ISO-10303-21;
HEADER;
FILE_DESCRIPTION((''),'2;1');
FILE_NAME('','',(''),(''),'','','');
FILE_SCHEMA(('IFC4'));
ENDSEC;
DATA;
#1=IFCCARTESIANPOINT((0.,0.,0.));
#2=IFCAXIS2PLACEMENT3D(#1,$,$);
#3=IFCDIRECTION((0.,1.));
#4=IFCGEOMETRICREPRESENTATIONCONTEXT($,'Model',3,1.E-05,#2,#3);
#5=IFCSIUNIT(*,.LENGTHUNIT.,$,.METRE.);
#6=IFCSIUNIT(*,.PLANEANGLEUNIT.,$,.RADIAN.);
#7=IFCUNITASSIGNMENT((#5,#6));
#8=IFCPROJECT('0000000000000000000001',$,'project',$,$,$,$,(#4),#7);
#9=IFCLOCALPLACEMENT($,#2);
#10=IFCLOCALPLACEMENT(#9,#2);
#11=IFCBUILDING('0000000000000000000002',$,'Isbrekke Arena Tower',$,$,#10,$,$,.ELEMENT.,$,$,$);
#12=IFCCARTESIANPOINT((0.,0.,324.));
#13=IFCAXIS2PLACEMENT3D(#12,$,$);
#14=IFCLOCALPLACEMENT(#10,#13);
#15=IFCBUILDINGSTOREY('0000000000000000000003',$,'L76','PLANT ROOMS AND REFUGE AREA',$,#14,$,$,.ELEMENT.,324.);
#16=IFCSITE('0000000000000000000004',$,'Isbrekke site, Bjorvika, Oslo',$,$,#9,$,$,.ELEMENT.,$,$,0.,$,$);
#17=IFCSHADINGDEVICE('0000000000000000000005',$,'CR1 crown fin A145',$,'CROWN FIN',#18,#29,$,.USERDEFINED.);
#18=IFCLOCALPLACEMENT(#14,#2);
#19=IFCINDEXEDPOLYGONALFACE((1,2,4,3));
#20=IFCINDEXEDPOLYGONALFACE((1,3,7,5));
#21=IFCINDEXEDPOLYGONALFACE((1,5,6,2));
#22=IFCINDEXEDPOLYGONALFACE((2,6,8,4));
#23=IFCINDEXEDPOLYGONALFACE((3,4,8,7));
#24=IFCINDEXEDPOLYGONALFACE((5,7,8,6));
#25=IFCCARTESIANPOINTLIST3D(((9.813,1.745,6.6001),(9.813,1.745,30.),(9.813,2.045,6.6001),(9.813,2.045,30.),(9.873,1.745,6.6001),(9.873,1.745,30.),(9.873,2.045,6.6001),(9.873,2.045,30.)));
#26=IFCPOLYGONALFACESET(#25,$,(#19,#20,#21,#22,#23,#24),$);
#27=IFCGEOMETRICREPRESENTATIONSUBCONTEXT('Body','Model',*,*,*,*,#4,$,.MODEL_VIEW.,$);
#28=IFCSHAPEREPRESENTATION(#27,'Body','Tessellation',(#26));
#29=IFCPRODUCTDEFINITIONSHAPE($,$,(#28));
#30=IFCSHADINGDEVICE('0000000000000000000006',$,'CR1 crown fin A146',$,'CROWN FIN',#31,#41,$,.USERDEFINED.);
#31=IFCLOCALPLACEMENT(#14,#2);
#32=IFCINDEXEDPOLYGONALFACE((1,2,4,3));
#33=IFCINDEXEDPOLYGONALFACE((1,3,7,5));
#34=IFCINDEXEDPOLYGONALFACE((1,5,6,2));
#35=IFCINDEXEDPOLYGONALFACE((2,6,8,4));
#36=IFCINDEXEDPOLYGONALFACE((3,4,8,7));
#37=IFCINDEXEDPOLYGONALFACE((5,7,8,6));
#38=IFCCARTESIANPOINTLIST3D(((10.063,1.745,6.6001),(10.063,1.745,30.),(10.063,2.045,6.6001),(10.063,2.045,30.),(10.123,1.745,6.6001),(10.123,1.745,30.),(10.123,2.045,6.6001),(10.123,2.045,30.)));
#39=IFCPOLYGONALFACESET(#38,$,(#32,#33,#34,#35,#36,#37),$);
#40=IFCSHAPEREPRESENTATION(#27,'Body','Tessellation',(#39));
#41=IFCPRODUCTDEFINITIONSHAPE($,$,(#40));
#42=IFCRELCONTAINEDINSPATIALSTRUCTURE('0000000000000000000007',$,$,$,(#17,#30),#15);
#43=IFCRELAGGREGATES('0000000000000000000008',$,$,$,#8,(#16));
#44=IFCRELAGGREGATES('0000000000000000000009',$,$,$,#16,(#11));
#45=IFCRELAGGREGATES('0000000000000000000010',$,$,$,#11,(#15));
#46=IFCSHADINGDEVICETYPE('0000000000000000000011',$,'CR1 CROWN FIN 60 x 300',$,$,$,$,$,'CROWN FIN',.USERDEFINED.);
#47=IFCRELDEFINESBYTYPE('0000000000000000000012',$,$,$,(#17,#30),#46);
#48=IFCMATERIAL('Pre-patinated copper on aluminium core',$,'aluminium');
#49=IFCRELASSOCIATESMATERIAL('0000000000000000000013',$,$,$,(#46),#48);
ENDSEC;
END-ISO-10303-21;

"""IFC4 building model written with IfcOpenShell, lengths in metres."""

from ifc_helpers import new_model, si_unit, direction, frame, origin, origin_2d, place, context, subcontext, project, spatial, rectangle, extrude, material, material_profile, profile_set, type_object, element, save


model = new_model("IFC4")

# Units and contexts
model_context = context("Model", 3, precision=1e-05, world=origin(), true_north=direction((0.0, 1.0)))
body_context = subcontext(model_context, "Body", "Model", "MODEL_VIEW")
ifc_project = project(units=[si_unit("LENGTHUNIT", "METRE"), si_unit("PLANEANGLEUNIT", "RADIAN")], contexts=[model_context])

# Site, building, storey
site_placement = place(None, origin())
site = spatial("IfcSite", under=ifc_project, at=site_placement, Name="Isbrekke site, Bjorvika, Oslo", CompositionType="ELEMENT", RefElevation=0.0)
building_placement = place(site_placement, origin())
building = spatial("IfcBuilding", under=site, at=building_placement, Name="Isbrekke Arena Tower", CompositionType="ELEMENT")
storey_placement = place(building_placement, frame((0.0, 0.0, 324.0)))
storey = spatial("IfcBuildingStorey", under=building, at=storey_placement, Name="L76", Description="PLANT ROOMS AND REFUGE AREA", CompositionType="ELEMENT", Elevation=324.0)

# Shading devices
ifc_material_1 = material(Name="Pre-patinated copper on aluminium core", Category="aluminium")
ifc_material_profile_1 = material_profile(ifc_material_1, rectangle(XDim=0.0601, YDim=0.3, at=origin_2d()), Name="FIN 60X300")
ifc_profile_set_1 = profile_set([ifc_material_profile_1], Name="Pre-patinated copper on aluminium core")
shading_device_type = type_object("IfcShadingDeviceType", Name="CR1 CROWN FIN 60 x 300", ElementType="CROWN FIN", PredefinedType="USERDEFINED", material=ifc_profile_set_1)
for number, where, z_axis, x_axis, name in (
    (1, (9.843, 1.895, 6.6001), (0.0, 0.0, 1.0), (1.0, 0.0, 0.0), "CR1 crown fin A145"),
    (2, (10.093, 1.895, 6.6001), (0.0, 0.0, 1.0), (1.0, 0.0, 0.0), "CR1 crown fin A146"),
):
    element("IfcShadingDevice", number, at=place(storey_placement, frame(where, z_axis=z_axis, x_axis=x_axis)), inside=storey, type_object=shading_device_type, Name=name, ObjectType="CROWN FIN", PredefinedType="USERDEFINED", context=body_context, shape_type="SweptSolid", body=[
        extrude(rectangle(XDim=0.0601, YDim=0.3, at=origin_2d()), origin(), (0.0, 0.0, 1.0), 23.3999),
    ])

save(model, "model.ifc")
